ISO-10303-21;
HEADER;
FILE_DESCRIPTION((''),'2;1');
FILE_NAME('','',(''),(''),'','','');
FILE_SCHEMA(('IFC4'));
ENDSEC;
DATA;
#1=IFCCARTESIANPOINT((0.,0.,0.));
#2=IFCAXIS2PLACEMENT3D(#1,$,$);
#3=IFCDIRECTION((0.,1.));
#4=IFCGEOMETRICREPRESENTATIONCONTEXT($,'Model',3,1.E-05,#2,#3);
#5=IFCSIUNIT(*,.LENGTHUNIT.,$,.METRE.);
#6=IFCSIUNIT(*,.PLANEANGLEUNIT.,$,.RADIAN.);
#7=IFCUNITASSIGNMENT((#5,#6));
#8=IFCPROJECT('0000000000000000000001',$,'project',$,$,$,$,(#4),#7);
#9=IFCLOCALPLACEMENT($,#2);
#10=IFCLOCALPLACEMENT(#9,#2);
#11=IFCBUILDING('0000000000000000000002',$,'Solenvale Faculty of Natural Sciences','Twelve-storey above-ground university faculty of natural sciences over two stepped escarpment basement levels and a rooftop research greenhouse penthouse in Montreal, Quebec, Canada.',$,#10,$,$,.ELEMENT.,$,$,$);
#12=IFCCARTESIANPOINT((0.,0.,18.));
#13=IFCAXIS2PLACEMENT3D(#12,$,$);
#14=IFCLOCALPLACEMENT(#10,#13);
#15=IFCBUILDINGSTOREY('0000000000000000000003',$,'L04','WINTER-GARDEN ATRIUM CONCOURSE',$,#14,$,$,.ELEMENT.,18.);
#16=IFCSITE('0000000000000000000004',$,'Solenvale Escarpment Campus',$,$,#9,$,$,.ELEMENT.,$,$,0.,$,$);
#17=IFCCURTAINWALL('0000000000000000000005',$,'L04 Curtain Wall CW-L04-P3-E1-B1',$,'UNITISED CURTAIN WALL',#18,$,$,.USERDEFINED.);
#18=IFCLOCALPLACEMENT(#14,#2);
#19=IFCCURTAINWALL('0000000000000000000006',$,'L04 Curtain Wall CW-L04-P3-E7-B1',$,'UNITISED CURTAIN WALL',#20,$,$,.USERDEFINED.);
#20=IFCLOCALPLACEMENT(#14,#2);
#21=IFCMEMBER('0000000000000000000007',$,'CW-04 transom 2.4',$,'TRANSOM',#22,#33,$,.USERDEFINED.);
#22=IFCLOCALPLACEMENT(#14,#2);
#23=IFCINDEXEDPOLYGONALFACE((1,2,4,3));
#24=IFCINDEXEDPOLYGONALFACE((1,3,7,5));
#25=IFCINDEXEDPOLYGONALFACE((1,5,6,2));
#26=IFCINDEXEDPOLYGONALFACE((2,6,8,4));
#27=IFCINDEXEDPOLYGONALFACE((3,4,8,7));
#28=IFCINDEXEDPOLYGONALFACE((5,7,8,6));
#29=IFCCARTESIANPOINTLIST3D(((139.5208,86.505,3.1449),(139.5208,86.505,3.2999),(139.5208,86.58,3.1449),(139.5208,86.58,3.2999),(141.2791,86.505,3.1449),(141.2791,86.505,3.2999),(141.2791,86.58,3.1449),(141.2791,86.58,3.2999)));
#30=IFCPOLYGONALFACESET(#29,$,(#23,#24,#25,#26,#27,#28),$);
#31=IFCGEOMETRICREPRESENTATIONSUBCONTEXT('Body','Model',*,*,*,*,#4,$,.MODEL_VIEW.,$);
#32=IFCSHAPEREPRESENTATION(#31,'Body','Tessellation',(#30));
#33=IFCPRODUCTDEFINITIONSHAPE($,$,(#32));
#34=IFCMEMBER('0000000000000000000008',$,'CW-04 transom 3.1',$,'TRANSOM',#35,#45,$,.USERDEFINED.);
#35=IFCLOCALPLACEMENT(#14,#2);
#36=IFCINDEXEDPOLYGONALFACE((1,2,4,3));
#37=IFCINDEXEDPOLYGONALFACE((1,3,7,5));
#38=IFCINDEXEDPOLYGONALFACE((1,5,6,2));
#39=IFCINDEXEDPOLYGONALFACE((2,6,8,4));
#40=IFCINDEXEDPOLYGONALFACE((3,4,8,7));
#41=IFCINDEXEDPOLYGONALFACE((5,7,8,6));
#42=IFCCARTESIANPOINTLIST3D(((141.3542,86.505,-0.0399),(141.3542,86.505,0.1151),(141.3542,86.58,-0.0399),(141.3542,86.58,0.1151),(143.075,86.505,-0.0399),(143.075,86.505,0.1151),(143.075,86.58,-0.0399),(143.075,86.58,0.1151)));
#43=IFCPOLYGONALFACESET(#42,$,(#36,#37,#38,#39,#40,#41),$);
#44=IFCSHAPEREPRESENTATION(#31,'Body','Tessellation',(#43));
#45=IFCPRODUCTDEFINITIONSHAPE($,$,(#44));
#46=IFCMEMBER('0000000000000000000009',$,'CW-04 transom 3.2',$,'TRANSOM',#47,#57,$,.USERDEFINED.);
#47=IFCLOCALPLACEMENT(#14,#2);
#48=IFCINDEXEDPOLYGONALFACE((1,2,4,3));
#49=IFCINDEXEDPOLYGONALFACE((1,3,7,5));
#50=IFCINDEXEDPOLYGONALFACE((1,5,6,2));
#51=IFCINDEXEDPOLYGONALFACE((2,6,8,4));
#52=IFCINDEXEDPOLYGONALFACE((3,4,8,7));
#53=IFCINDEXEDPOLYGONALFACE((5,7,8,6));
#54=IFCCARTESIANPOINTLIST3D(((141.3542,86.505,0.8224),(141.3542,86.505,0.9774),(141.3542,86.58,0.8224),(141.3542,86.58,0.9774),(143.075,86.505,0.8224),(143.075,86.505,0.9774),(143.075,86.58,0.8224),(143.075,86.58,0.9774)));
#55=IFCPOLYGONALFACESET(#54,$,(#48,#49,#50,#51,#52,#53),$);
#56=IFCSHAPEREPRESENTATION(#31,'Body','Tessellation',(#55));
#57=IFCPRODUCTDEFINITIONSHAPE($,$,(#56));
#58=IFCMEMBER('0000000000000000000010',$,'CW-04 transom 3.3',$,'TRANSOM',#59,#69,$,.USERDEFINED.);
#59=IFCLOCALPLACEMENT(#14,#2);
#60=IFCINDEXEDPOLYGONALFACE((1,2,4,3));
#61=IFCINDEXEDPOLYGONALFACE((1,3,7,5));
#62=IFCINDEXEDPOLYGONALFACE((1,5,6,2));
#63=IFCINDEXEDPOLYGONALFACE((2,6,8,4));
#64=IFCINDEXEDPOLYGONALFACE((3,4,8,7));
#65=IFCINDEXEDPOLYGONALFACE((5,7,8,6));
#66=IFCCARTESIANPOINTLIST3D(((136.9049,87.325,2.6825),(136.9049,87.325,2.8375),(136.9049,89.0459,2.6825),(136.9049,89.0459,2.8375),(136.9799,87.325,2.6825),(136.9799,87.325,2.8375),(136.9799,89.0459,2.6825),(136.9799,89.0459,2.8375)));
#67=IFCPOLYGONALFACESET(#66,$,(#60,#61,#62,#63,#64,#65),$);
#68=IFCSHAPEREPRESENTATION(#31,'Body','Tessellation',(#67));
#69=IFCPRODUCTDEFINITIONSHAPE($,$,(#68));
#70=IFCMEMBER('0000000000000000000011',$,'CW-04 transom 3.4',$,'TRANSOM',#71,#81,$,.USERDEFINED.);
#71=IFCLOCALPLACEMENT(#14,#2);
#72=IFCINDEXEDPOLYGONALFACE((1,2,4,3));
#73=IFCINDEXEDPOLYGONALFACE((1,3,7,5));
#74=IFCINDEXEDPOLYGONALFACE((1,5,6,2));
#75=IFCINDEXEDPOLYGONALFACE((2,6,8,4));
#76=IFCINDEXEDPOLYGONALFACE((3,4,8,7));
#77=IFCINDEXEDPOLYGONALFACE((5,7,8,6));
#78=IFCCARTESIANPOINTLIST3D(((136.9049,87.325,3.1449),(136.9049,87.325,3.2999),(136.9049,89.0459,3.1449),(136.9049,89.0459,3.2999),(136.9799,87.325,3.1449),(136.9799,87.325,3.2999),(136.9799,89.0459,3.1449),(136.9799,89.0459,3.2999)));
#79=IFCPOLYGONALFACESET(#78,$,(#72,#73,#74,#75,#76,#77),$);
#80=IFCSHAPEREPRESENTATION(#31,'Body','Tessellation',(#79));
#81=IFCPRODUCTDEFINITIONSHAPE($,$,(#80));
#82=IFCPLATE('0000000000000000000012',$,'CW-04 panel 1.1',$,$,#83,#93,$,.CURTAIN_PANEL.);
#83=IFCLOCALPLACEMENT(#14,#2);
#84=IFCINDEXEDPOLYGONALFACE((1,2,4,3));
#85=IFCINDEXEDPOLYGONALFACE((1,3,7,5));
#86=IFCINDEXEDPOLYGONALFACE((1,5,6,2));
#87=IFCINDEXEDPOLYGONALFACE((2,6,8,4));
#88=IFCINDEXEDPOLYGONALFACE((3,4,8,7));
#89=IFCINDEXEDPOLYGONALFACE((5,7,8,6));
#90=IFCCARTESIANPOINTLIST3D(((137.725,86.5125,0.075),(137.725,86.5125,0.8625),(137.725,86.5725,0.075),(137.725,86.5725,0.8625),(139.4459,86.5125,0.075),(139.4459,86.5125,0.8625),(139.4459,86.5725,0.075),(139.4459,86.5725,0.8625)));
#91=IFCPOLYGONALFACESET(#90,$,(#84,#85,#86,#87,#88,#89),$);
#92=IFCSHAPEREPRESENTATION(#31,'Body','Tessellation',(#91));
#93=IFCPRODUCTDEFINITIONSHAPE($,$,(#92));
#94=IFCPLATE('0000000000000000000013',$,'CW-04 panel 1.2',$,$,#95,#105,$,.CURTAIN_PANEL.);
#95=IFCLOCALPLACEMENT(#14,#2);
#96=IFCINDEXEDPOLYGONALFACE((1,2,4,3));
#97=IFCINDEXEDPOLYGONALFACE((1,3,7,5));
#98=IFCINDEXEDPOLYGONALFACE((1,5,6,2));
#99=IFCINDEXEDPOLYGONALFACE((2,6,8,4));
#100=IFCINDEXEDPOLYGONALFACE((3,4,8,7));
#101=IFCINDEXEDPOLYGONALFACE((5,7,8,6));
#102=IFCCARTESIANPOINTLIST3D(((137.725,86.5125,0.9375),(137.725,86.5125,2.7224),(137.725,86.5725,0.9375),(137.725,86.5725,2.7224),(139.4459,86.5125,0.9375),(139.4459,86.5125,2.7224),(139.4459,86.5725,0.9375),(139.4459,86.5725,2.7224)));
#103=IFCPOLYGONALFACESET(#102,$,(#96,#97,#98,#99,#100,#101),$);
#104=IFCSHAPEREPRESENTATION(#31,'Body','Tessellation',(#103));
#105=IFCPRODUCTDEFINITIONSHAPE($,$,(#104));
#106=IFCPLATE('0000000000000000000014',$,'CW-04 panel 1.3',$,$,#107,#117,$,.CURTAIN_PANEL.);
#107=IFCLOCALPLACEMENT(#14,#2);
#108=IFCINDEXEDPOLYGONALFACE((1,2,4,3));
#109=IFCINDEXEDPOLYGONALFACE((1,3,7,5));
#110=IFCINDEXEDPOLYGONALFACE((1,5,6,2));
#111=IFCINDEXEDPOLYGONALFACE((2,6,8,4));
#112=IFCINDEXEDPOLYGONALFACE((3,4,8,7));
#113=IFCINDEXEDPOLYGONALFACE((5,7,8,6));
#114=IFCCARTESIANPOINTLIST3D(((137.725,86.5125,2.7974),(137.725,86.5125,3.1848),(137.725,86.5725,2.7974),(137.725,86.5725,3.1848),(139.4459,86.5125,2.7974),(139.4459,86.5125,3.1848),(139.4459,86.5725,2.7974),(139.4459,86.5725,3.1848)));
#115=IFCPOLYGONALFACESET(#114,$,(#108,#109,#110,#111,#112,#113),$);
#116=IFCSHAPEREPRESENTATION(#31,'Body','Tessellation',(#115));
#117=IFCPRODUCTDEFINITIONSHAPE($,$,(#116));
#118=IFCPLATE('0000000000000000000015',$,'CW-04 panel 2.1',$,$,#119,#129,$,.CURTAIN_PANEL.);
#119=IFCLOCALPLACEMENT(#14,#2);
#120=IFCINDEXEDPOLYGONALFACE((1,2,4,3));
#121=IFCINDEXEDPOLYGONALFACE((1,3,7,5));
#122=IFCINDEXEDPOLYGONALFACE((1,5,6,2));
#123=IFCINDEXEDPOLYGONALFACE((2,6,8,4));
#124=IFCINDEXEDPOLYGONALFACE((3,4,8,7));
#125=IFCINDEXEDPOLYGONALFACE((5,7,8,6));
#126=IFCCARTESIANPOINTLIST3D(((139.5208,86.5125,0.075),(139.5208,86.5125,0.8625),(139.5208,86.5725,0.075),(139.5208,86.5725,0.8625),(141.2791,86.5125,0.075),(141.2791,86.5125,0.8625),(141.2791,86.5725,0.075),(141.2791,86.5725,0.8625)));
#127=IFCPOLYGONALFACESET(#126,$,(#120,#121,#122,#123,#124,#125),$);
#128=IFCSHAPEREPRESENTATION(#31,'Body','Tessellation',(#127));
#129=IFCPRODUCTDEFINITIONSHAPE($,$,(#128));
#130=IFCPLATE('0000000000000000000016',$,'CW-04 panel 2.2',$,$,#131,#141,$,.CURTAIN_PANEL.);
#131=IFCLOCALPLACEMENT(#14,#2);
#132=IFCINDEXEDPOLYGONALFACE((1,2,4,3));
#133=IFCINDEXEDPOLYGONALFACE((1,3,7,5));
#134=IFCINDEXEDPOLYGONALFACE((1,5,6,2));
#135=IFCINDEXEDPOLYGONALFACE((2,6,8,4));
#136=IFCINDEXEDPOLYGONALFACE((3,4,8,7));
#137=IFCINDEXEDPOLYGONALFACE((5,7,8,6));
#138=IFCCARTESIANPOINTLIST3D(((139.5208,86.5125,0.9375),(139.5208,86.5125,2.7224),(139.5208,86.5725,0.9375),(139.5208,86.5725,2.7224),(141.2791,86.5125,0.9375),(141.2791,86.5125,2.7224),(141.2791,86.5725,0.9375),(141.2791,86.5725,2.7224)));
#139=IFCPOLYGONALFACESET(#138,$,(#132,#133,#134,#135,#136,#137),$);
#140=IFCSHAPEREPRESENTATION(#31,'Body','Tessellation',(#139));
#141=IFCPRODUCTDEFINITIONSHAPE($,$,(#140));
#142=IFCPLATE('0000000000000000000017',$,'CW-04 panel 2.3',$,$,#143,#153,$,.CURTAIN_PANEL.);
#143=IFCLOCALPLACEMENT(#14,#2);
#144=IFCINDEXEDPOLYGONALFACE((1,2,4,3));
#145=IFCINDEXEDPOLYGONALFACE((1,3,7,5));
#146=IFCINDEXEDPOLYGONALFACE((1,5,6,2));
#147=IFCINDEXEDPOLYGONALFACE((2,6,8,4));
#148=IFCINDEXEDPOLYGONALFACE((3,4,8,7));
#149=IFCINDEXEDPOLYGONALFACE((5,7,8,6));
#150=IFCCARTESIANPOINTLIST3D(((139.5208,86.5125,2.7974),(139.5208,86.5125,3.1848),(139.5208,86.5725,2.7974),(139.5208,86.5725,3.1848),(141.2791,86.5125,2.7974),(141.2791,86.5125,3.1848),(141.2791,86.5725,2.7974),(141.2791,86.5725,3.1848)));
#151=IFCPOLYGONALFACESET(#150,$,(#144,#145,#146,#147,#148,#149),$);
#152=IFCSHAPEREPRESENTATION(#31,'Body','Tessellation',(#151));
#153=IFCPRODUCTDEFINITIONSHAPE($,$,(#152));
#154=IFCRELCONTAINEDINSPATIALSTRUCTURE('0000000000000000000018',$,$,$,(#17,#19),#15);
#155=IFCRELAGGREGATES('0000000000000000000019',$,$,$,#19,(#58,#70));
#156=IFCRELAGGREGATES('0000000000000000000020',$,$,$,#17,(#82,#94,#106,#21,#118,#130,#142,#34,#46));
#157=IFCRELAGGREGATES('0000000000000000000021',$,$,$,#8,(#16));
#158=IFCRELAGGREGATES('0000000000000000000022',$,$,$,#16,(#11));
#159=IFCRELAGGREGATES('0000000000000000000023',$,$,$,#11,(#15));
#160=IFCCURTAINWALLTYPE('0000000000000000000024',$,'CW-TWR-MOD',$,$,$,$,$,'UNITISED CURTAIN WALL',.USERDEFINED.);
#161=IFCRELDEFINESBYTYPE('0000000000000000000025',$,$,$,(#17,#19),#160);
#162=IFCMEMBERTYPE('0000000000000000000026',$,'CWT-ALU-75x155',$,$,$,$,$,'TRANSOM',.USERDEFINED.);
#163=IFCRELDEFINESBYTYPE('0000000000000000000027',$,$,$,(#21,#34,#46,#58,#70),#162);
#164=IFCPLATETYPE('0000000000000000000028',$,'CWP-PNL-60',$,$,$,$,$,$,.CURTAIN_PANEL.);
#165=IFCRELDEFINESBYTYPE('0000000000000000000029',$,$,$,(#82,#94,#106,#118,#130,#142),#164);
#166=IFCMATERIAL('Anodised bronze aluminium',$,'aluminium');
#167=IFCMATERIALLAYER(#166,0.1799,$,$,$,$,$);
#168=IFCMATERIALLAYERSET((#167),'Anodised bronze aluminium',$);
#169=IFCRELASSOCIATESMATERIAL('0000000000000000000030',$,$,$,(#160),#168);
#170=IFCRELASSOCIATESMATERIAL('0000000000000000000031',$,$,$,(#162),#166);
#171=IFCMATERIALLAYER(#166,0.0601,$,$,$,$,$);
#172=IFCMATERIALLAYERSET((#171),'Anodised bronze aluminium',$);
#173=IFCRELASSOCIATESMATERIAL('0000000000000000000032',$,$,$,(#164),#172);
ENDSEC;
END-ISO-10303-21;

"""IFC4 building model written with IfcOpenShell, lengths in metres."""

from ifc_helpers import new_model, si_unit, direction, frame, origin, origin_2d, place, context, subcontext, project, spatial, rectangle, extrude, material, layer, layer_set, material_profile, profile_set, type_object, element, aggregate, save


model = new_model("IFC4")

# Units and contexts
model_context = context("Model", 3, precision=1e-05, world=origin(), true_north=direction((0.0, 1.0)))
body_context = subcontext(model_context, "Body", "Model", "MODEL_VIEW")
ifc_project = project(units=[si_unit("LENGTHUNIT", "METRE"), si_unit("PLANEANGLEUNIT", "RADIAN")], contexts=[model_context])

# Site, building, storey
site_placement = place(None, origin())
site = spatial("IfcSite", under=ifc_project, at=site_placement, Name="Solenvale Escarpment Campus", CompositionType="ELEMENT", RefElevation=0.0)
building_placement = place(site_placement, origin())
building = spatial("IfcBuilding", under=site, at=building_placement, Name="Solenvale Faculty of Natural Sciences", Description="Twelve-storey above-ground university faculty of natural sciences over two stepped escarpment basement levels and a rooftop research greenhouse penthouse in Montreal, Quebec, Canada.", CompositionType="ELEMENT")
storey_placement = place(building_placement, frame((0.0, 0.0, 18.0)))
storey = spatial("IfcBuildingStorey", under=building, at=storey_placement, Name="L04", Description="WINTER-GARDEN ATRIUM CONCOURSE", CompositionType="ELEMENT", Elevation=18.0)

# Curtain wall
ifc_material_1 = material(Name="Anodised bronze aluminium", Category="aluminium")
ifc_layer_1 = layer(ifc_material_1, 0.1799)
ifc_layer_set_1 = layer_set([ifc_layer_1], Name="Anodised bronze aluminium")
curtain_wall_type = type_object("IfcCurtainWallType", Name="CW-TWR-MOD", ElementType="UNITISED CURTAIN WALL", PredefinedType="USERDEFINED", material=ifc_layer_set_1)
curtain_wall_1_placement = place(storey_placement, origin())
curtain_wall_1 = element("IfcCurtainWall", 1, at=curtain_wall_1_placement, inside=storey, type_object=curtain_wall_type, Name="L04 Curtain Wall CW-L04-P3-E1-B1", ObjectType="UNITISED CURTAIN WALL", PredefinedType="USERDEFINED")

# Curtain wall
curtain_wall_2_placement = place(storey_placement, origin())
curtain_wall_2 = element("IfcCurtainWall", 2, at=curtain_wall_2_placement, inside=storey, type_object=curtain_wall_type, Name="L04 Curtain Wall CW-L04-P3-E7-B1", ObjectType="UNITISED CURTAIN WALL", PredefinedType="USERDEFINED")

# Members
ifc_material_profile_1 = material_profile(ifc_material_1, rectangle(XDim=0.075, YDim=0.155, at=origin_2d()), Name="ALU-TRN-75x155")
ifc_profile_set_1 = profile_set([ifc_material_profile_1], Name="Anodised bronze aluminium")
member_type_1 = type_object("IfcMemberType", Name="CWT-ALU-75x155", ElementType="TRANSOM", PredefinedType="USERDEFINED", material=ifc_profile_set_1)
member_1_placement = place(storey_placement, frame((139.5208, 86.5425, 3.2224), z_axis=(1.0, 0.0, 0.0), x_axis=(0.0, 1.0, 0.0)))
member_1 = element("IfcMember", 3, at=member_1_placement, type_object=member_type_1, Name="CW-04 transom 2.4", ObjectType="TRANSOM", PredefinedType="USERDEFINED", context=body_context, shape_type="SweptSolid", body=[
    extrude(rectangle(XDim=0.075, YDim=0.155, at=origin_2d()), origin(), (0.0, 0.0, 1.0), 1.7583),
])
member_2_placement = place(storey_placement, frame((141.3542, 86.5425, 0.0376), z_axis=(1.0, 0.0, 0.0), x_axis=(0.0, 1.0, 0.0)))
member_2 = element("IfcMember", 4, at=member_2_placement, type_object=member_type_1, Name="CW-04 transom 3.1", ObjectType="TRANSOM", PredefinedType="USERDEFINED", context=body_context, shape_type="SweptSolid", body=[
    extrude(rectangle(XDim=0.075, YDim=0.155, at=origin_2d()), origin(), (0.0, 0.0, 1.0), 1.7207),
])
member_3_placement = place(storey_placement, frame((141.3542, 86.5425, 0.8999), z_axis=(1.0, 0.0, 0.0), x_axis=(0.0, 1.0, 0.0)))
member_3 = element("IfcMember", 5, at=member_3_placement, type_object=member_type_1, Name="CW-04 transom 3.2", ObjectType="TRANSOM", PredefinedType="USERDEFINED", context=body_context, shape_type="SweptSolid", body=[
    extrude(rectangle(XDim=0.075, YDim=0.155, at=origin_2d()), origin(), (0.0, 0.0, 1.0), 1.7207),
])
member_4_placement = place(storey_placement, frame((136.9424, 89.0459, 2.76), z_axis=(0.0, -1.0, 0.0), x_axis=(1.0, 0.0, 0.0)))
member_4 = element("IfcMember", 6, at=member_4_placement, type_object=member_type_1, Name="CW-04 transom 3.3", ObjectType="TRANSOM", PredefinedType="USERDEFINED", context=body_context, shape_type="SweptSolid", body=[
    extrude(rectangle(XDim=0.075, YDim=0.155, at=origin_2d()), origin(), (0.0, 0.0, 1.0), 1.7209),
])
member_5_placement = place(storey_placement, frame((136.9424, 89.0459, 3.2224), z_axis=(0.0, -1.0, 0.0), x_axis=(1.0, 0.0, 0.0)))
member_5 = element("IfcMember", 7, at=member_5_placement, type_object=member_type_1, Name="CW-04 transom 3.4", ObjectType="TRANSOM", PredefinedType="USERDEFINED", context=body_context, shape_type="SweptSolid", body=[
    extrude(rectangle(XDim=0.075, YDim=0.155, at=origin_2d()), origin(), (0.0, 0.0, 1.0), 1.7209),
])
aggregate(curtain_wall_2, [member_4, member_5])

# Plates
ifc_layer_2 = layer(ifc_material_1, 0.0601)
ifc_layer_set_2 = layer_set([ifc_layer_2], Name="Anodised bronze aluminium")
plate_type = type_object("IfcPlateType", Name="CWP-PNL-60", PredefinedType="CURTAIN_PANEL", material=ifc_layer_set_2)
plate_1_placement = place(storey_placement, frame((138.5854, 86.5425, 0.075), z_axis=(0.0, 0.0, 1.0), x_axis=(1.0, 0.0, 0.0)))
plate_1 = element("IfcPlate", 8, at=plate_1_placement, type_object=plate_type, Name="CW-04 panel 1.1", PredefinedType="CURTAIN_PANEL", context=body_context, shape_type="SweptSolid", body=[
    extrude(rectangle(XDim=1.7209, YDim=0.0601, at=origin_2d()), origin(), (0.0, 0.0, 1.0), 0.7876),
])
plate_2_placement = place(storey_placement, frame((138.5854, 86.5425, 0.9375), z_axis=(0.0, 0.0, 1.0), x_axis=(1.0, 0.0, 0.0)))
plate_2 = element("IfcPlate", 9, at=plate_2_placement, type_object=plate_type, Name="CW-04 panel 1.2", PredefinedType="CURTAIN_PANEL", context=body_context, shape_type="SweptSolid", body=[
    extrude(rectangle(XDim=1.7209, YDim=0.0601, at=origin_2d()), origin(), (0.0, 0.0, 1.0), 1.7849),
])
plate_3_placement = place(storey_placement, frame((138.5854, 86.5425, 2.7974), z_axis=(0.0, 0.0, 1.0), x_axis=(1.0, 0.0, 0.0)))
plate_3 = element("IfcPlate", 10, at=plate_3_placement, type_object=plate_type, Name="CW-04 panel 1.3", PredefinedType="CURTAIN_PANEL", context=body_context, shape_type="SweptSolid", body=[
    extrude(rectangle(XDim=1.7209, YDim=0.0601, at=origin_2d()), origin(), (0.0, 0.0, 1.0), 0.3875),
])
plate_4_placement = place(storey_placement, frame((140.3999, 86.5425, 0.075), z_axis=(0.0, 0.0, 1.0), x_axis=(1.0, 0.0, 0.0)))
plate_4 = element("IfcPlate", 11, at=plate_4_placement, type_object=plate_type, Name="CW-04 panel 2.1", PredefinedType="CURTAIN_PANEL", context=body_context, shape_type="SweptSolid", body=[
    extrude(rectangle(XDim=1.7583, YDim=0.0601, at=origin_2d()), origin(), (0.0, 0.0, 1.0), 0.7876),
])
plate_5_placement = place(storey_placement, frame((140.3999, 86.5425, 0.9375), z_axis=(0.0, 0.0, 1.0), x_axis=(1.0, 0.0, 0.0)))
plate_5 = element("IfcPlate", 12, at=plate_5_placement, type_object=plate_type, Name="CW-04 panel 2.2", PredefinedType="CURTAIN_PANEL", context=body_context, shape_type="SweptSolid", body=[
    extrude(rectangle(XDim=1.7583, YDim=0.0601, at=origin_2d()), origin(), (0.0, 0.0, 1.0), 1.7849),
])
plate_6_placement = place(storey_placement, frame((140.3999, 86.5425, 2.7974), z_axis=(0.0, 0.0, 1.0), x_axis=(1.0, 0.0, 0.0)))
plate_6 = element("IfcPlate", 13, at=plate_6_placement, type_object=plate_type, Name="CW-04 panel 2.3", PredefinedType="CURTAIN_PANEL", context=body_context, shape_type="SweptSolid", body=[
    extrude(rectangle(XDim=1.7583, YDim=0.0601, at=origin_2d()), origin(), (0.0, 0.0, 1.0), 0.3875),
])
aggregate(curtain_wall_1, [plate_1, plate_2, plate_3, member_1, plate_4, plate_5, plate_6, member_2, member_3])

save(model, "model.ifc")
